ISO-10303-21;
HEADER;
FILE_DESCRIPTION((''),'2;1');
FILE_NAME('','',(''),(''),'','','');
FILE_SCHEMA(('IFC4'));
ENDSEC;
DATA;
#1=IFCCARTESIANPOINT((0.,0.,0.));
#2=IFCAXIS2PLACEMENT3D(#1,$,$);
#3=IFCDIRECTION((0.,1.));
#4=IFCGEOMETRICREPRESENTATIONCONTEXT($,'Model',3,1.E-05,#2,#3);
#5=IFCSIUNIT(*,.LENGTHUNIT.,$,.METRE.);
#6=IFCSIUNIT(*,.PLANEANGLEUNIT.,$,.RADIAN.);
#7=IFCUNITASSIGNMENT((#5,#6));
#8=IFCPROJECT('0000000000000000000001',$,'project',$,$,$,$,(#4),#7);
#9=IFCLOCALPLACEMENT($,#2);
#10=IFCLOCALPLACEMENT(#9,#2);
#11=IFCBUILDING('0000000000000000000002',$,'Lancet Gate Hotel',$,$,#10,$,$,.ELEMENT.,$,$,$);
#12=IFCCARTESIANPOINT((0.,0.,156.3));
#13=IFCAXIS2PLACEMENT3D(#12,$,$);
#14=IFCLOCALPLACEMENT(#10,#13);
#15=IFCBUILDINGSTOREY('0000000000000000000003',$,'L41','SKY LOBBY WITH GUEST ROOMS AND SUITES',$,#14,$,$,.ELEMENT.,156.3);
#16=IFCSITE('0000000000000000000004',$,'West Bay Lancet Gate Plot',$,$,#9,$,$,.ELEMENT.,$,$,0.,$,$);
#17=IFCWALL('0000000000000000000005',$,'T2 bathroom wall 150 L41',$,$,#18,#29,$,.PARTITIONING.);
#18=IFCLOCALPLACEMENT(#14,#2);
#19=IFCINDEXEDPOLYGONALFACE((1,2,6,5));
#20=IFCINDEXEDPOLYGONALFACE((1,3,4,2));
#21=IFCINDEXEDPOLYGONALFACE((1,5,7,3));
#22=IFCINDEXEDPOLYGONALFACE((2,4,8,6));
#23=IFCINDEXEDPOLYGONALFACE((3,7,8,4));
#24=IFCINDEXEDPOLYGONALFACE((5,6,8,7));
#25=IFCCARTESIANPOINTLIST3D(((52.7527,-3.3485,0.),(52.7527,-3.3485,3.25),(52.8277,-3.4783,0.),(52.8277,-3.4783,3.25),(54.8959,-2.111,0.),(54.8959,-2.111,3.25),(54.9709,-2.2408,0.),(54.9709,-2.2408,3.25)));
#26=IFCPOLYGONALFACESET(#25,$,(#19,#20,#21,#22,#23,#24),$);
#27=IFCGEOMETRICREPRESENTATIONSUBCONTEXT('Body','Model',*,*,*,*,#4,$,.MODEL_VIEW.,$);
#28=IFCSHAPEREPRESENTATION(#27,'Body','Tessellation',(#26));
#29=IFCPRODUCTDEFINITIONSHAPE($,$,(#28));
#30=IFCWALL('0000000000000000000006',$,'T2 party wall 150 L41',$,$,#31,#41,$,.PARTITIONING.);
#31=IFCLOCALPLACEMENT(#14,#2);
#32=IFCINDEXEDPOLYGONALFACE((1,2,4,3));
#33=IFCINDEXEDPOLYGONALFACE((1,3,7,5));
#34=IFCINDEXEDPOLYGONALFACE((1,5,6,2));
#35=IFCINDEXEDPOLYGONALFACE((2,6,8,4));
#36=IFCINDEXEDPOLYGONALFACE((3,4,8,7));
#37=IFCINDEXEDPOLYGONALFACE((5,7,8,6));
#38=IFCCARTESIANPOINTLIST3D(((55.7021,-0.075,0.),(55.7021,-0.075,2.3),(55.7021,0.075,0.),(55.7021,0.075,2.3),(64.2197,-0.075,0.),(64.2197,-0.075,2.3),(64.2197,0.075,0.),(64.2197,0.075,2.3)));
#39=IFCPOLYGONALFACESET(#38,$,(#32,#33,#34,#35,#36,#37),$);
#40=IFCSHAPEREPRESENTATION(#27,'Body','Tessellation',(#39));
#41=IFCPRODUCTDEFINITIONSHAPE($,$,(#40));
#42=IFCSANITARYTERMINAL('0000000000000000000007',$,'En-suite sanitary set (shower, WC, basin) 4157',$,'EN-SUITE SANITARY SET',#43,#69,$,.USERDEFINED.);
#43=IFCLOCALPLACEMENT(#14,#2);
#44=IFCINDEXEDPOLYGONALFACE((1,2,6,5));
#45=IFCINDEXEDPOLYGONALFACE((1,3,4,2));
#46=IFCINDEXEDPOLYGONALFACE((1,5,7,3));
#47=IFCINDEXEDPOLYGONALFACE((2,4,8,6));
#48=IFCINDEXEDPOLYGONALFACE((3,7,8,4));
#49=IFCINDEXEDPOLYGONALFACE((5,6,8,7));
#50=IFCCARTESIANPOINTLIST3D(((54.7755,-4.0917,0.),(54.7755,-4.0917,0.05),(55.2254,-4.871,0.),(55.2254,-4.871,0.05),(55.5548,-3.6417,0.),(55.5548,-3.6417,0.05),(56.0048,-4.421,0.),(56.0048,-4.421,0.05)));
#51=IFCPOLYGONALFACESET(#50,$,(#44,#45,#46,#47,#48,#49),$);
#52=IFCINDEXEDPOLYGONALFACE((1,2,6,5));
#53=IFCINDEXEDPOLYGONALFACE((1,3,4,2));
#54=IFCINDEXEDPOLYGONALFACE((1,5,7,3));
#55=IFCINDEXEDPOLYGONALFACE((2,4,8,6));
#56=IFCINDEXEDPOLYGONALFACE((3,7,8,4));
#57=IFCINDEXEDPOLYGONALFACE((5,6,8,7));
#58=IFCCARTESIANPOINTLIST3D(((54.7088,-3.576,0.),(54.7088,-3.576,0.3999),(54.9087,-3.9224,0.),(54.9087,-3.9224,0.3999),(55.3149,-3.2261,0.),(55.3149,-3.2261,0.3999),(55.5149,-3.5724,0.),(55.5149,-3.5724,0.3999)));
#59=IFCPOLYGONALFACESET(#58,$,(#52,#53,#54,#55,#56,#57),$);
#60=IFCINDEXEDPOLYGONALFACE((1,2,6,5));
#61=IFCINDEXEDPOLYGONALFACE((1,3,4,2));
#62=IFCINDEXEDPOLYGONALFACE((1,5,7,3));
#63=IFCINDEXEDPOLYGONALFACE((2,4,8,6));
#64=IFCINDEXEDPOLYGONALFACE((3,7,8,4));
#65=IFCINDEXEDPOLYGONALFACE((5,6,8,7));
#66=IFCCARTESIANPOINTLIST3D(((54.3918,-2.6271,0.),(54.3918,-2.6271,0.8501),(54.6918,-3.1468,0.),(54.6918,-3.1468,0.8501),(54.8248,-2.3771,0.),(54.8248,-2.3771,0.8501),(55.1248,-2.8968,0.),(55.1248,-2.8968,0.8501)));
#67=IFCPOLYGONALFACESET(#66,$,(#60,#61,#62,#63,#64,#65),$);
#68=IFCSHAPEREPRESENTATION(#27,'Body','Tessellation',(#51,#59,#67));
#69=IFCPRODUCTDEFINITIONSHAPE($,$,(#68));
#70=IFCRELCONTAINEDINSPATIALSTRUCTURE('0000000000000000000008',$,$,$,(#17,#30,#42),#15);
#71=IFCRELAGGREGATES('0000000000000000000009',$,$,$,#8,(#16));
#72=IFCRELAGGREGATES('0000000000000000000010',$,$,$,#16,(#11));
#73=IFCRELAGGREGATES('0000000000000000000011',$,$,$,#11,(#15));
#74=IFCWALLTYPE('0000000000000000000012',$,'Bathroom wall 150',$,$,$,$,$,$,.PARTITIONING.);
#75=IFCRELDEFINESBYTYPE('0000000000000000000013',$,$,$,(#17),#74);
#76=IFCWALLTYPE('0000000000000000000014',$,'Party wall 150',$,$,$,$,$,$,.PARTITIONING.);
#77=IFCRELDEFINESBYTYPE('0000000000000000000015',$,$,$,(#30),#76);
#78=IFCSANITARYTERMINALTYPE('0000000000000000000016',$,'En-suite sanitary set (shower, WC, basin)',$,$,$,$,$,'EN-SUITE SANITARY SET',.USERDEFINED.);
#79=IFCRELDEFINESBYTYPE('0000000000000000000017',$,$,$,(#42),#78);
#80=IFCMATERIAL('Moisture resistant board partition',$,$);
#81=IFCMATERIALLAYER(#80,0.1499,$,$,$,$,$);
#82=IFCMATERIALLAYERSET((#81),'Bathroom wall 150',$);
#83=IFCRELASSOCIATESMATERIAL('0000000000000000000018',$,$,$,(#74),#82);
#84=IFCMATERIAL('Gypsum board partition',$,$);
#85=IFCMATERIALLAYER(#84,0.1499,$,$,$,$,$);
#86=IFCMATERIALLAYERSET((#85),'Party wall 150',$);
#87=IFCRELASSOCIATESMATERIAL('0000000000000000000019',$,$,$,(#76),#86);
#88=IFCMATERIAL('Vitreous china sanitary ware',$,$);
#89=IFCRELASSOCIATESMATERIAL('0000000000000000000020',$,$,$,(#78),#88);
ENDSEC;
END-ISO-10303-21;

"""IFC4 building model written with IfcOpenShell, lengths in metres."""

from ifc_helpers import new_model, si_unit, direction, frame, frame_2d, origin, origin_2d, place, context, subcontext, project, spatial, rectangle, extrude, material, layer, layer_set, type_object, element, save


model = new_model("IFC4")

# Units and contexts
model_context = context("Model", 3, precision=1e-05, world=origin(), true_north=direction((0.0, 1.0)))
body_context = subcontext(model_context, "Body", "Model", "MODEL_VIEW")
ifc_project = project(units=[si_unit("LENGTHUNIT", "METRE"), si_unit("PLANEANGLEUNIT", "RADIAN")], contexts=[model_context])

# Site, building, storey
site_placement = place(None, origin())
site = spatial("IfcSite", under=ifc_project, at=site_placement, Name="West Bay Lancet Gate Plot", CompositionType="ELEMENT", RefElevation=0.0)
building_placement = place(site_placement, origin())
building = spatial("IfcBuilding", under=site, at=building_placement, Name="Lancet Gate Hotel", CompositionType="ELEMENT")
storey_placement = place(building_placement, frame((0.0, 0.0, 156.3)))
storey = spatial("IfcBuildingStorey", under=building, at=storey_placement, Name="L41", Description="SKY LOBBY WITH GUEST ROOMS AND SUITES", CompositionType="ELEMENT", Elevation=156.3)

# Shared definitions
ifc_material_1 = material(Name="Moisture resistant board partition")
ifc_layer_1 = layer(ifc_material_1, 0.1499)
ifc_layer_set_1 = layer_set([ifc_layer_1], Name="Bathroom wall 150")
wall_type_1 = type_object("IfcWallType", Name="Bathroom wall 150", PredefinedType="PARTITIONING", material=ifc_layer_set_1)

# Walls
wall_1_placement = place(storey_placement, frame((52.7903, -3.4133, 0.0), z_axis=(0.0, 0.0, 1.0), x_axis=(0.866007, 0.500033, 0.0)))
element("IfcWall", 1, at=wall_1_placement, inside=storey, type_object=wall_type_1, Name="T2 bathroom wall 150 L41", PredefinedType="PARTITIONING", context=body_context, shape_type="SweptSolid", body=[
    extrude(rectangle(XDim=2.4749, YDim=0.1499, at=frame_2d((1.2373, 0.0))), origin(), (0.0, 0.0, 1.0), 3.25),
])
ifc_material_2 = material(Name="Gypsum board partition")
ifc_layer_2 = layer(ifc_material_2, 0.1499)
ifc_layer_set_2 = layer_set([ifc_layer_2], Name="Party wall 150")
wall_type_2 = type_object("IfcWallType", Name="Party wall 150", PredefinedType="PARTITIONING", material=ifc_layer_set_2)
wall_2_placement = place(storey_placement, frame((55.7021, 0.0, 0.0), z_axis=(0.0, 0.0, 1.0), x_axis=(1.0, 0.0, 0.0)))
element("IfcWall", 2, at=wall_2_placement, inside=storey, type_object=wall_type_2, Name="T2 party wall 150 L41", PredefinedType="PARTITIONING", context=body_context, shape_type="SweptSolid", body=[
    extrude(rectangle(XDim=8.5176, YDim=0.1499, at=frame_2d((4.2588, 0.0))), origin(), (0.0, 0.0, 1.0), 2.3),
])

# Sanitary terminal
ifc_material_3 = material(Name="Vitreous china sanitary ware")
sanitary_terminal_type = type_object("IfcSanitaryTerminalType", Name="En-suite sanitary set (shower, WC, basin)", ElementType="EN-SUITE SANITARY SET", PredefinedType="USERDEFINED", material=ifc_material_3)
sanitary_terminal_placement = place(storey_placement, frame((55.3901, -4.2563, 0.0), z_axis=(0.0, 0.0, 1.0), x_axis=(1.0, 0.0, 0.0)))
element("IfcSanitaryTerminal", 3, at=sanitary_terminal_placement, inside=storey, type_object=sanitary_terminal_type, Name="En-suite sanitary set (shower, WC, basin) 4157", ObjectType="EN-SUITE SANITARY SET", PredefinedType="USERDEFINED", context=body_context, shape_type="SweptSolid", body=[
    extrude(rectangle(XDim=0.8999, YDim=0.8999, at=origin_2d()), frame((0.0, 0.0, 0.0), z_axis=(0.0, 0.0, 1.0), x_axis=(0.5, -0.866025, 0.0)), (0.0, 0.0, 1.0), 0.05),
    extrude(rectangle(XDim=0.3999, YDim=0.7, at=origin_2d()), frame((-0.2783, 0.6821, 0.0), z_axis=(0.0, 0.0, 1.0), x_axis=(0.5, -0.866025, 0.0)), (0.0, 0.0, 1.0), 0.3999),
    extrude(rectangle(XDim=0.6001, YDim=0.5, at=origin_2d()), frame((-0.6318, 1.4944, 0.0), z_axis=(0.0, 0.0, 1.0), x_axis=(0.5, -0.866025, 0.0)), (0.0, 0.0, 1.0), 0.8501),
])

save(model, "model.ifc")
